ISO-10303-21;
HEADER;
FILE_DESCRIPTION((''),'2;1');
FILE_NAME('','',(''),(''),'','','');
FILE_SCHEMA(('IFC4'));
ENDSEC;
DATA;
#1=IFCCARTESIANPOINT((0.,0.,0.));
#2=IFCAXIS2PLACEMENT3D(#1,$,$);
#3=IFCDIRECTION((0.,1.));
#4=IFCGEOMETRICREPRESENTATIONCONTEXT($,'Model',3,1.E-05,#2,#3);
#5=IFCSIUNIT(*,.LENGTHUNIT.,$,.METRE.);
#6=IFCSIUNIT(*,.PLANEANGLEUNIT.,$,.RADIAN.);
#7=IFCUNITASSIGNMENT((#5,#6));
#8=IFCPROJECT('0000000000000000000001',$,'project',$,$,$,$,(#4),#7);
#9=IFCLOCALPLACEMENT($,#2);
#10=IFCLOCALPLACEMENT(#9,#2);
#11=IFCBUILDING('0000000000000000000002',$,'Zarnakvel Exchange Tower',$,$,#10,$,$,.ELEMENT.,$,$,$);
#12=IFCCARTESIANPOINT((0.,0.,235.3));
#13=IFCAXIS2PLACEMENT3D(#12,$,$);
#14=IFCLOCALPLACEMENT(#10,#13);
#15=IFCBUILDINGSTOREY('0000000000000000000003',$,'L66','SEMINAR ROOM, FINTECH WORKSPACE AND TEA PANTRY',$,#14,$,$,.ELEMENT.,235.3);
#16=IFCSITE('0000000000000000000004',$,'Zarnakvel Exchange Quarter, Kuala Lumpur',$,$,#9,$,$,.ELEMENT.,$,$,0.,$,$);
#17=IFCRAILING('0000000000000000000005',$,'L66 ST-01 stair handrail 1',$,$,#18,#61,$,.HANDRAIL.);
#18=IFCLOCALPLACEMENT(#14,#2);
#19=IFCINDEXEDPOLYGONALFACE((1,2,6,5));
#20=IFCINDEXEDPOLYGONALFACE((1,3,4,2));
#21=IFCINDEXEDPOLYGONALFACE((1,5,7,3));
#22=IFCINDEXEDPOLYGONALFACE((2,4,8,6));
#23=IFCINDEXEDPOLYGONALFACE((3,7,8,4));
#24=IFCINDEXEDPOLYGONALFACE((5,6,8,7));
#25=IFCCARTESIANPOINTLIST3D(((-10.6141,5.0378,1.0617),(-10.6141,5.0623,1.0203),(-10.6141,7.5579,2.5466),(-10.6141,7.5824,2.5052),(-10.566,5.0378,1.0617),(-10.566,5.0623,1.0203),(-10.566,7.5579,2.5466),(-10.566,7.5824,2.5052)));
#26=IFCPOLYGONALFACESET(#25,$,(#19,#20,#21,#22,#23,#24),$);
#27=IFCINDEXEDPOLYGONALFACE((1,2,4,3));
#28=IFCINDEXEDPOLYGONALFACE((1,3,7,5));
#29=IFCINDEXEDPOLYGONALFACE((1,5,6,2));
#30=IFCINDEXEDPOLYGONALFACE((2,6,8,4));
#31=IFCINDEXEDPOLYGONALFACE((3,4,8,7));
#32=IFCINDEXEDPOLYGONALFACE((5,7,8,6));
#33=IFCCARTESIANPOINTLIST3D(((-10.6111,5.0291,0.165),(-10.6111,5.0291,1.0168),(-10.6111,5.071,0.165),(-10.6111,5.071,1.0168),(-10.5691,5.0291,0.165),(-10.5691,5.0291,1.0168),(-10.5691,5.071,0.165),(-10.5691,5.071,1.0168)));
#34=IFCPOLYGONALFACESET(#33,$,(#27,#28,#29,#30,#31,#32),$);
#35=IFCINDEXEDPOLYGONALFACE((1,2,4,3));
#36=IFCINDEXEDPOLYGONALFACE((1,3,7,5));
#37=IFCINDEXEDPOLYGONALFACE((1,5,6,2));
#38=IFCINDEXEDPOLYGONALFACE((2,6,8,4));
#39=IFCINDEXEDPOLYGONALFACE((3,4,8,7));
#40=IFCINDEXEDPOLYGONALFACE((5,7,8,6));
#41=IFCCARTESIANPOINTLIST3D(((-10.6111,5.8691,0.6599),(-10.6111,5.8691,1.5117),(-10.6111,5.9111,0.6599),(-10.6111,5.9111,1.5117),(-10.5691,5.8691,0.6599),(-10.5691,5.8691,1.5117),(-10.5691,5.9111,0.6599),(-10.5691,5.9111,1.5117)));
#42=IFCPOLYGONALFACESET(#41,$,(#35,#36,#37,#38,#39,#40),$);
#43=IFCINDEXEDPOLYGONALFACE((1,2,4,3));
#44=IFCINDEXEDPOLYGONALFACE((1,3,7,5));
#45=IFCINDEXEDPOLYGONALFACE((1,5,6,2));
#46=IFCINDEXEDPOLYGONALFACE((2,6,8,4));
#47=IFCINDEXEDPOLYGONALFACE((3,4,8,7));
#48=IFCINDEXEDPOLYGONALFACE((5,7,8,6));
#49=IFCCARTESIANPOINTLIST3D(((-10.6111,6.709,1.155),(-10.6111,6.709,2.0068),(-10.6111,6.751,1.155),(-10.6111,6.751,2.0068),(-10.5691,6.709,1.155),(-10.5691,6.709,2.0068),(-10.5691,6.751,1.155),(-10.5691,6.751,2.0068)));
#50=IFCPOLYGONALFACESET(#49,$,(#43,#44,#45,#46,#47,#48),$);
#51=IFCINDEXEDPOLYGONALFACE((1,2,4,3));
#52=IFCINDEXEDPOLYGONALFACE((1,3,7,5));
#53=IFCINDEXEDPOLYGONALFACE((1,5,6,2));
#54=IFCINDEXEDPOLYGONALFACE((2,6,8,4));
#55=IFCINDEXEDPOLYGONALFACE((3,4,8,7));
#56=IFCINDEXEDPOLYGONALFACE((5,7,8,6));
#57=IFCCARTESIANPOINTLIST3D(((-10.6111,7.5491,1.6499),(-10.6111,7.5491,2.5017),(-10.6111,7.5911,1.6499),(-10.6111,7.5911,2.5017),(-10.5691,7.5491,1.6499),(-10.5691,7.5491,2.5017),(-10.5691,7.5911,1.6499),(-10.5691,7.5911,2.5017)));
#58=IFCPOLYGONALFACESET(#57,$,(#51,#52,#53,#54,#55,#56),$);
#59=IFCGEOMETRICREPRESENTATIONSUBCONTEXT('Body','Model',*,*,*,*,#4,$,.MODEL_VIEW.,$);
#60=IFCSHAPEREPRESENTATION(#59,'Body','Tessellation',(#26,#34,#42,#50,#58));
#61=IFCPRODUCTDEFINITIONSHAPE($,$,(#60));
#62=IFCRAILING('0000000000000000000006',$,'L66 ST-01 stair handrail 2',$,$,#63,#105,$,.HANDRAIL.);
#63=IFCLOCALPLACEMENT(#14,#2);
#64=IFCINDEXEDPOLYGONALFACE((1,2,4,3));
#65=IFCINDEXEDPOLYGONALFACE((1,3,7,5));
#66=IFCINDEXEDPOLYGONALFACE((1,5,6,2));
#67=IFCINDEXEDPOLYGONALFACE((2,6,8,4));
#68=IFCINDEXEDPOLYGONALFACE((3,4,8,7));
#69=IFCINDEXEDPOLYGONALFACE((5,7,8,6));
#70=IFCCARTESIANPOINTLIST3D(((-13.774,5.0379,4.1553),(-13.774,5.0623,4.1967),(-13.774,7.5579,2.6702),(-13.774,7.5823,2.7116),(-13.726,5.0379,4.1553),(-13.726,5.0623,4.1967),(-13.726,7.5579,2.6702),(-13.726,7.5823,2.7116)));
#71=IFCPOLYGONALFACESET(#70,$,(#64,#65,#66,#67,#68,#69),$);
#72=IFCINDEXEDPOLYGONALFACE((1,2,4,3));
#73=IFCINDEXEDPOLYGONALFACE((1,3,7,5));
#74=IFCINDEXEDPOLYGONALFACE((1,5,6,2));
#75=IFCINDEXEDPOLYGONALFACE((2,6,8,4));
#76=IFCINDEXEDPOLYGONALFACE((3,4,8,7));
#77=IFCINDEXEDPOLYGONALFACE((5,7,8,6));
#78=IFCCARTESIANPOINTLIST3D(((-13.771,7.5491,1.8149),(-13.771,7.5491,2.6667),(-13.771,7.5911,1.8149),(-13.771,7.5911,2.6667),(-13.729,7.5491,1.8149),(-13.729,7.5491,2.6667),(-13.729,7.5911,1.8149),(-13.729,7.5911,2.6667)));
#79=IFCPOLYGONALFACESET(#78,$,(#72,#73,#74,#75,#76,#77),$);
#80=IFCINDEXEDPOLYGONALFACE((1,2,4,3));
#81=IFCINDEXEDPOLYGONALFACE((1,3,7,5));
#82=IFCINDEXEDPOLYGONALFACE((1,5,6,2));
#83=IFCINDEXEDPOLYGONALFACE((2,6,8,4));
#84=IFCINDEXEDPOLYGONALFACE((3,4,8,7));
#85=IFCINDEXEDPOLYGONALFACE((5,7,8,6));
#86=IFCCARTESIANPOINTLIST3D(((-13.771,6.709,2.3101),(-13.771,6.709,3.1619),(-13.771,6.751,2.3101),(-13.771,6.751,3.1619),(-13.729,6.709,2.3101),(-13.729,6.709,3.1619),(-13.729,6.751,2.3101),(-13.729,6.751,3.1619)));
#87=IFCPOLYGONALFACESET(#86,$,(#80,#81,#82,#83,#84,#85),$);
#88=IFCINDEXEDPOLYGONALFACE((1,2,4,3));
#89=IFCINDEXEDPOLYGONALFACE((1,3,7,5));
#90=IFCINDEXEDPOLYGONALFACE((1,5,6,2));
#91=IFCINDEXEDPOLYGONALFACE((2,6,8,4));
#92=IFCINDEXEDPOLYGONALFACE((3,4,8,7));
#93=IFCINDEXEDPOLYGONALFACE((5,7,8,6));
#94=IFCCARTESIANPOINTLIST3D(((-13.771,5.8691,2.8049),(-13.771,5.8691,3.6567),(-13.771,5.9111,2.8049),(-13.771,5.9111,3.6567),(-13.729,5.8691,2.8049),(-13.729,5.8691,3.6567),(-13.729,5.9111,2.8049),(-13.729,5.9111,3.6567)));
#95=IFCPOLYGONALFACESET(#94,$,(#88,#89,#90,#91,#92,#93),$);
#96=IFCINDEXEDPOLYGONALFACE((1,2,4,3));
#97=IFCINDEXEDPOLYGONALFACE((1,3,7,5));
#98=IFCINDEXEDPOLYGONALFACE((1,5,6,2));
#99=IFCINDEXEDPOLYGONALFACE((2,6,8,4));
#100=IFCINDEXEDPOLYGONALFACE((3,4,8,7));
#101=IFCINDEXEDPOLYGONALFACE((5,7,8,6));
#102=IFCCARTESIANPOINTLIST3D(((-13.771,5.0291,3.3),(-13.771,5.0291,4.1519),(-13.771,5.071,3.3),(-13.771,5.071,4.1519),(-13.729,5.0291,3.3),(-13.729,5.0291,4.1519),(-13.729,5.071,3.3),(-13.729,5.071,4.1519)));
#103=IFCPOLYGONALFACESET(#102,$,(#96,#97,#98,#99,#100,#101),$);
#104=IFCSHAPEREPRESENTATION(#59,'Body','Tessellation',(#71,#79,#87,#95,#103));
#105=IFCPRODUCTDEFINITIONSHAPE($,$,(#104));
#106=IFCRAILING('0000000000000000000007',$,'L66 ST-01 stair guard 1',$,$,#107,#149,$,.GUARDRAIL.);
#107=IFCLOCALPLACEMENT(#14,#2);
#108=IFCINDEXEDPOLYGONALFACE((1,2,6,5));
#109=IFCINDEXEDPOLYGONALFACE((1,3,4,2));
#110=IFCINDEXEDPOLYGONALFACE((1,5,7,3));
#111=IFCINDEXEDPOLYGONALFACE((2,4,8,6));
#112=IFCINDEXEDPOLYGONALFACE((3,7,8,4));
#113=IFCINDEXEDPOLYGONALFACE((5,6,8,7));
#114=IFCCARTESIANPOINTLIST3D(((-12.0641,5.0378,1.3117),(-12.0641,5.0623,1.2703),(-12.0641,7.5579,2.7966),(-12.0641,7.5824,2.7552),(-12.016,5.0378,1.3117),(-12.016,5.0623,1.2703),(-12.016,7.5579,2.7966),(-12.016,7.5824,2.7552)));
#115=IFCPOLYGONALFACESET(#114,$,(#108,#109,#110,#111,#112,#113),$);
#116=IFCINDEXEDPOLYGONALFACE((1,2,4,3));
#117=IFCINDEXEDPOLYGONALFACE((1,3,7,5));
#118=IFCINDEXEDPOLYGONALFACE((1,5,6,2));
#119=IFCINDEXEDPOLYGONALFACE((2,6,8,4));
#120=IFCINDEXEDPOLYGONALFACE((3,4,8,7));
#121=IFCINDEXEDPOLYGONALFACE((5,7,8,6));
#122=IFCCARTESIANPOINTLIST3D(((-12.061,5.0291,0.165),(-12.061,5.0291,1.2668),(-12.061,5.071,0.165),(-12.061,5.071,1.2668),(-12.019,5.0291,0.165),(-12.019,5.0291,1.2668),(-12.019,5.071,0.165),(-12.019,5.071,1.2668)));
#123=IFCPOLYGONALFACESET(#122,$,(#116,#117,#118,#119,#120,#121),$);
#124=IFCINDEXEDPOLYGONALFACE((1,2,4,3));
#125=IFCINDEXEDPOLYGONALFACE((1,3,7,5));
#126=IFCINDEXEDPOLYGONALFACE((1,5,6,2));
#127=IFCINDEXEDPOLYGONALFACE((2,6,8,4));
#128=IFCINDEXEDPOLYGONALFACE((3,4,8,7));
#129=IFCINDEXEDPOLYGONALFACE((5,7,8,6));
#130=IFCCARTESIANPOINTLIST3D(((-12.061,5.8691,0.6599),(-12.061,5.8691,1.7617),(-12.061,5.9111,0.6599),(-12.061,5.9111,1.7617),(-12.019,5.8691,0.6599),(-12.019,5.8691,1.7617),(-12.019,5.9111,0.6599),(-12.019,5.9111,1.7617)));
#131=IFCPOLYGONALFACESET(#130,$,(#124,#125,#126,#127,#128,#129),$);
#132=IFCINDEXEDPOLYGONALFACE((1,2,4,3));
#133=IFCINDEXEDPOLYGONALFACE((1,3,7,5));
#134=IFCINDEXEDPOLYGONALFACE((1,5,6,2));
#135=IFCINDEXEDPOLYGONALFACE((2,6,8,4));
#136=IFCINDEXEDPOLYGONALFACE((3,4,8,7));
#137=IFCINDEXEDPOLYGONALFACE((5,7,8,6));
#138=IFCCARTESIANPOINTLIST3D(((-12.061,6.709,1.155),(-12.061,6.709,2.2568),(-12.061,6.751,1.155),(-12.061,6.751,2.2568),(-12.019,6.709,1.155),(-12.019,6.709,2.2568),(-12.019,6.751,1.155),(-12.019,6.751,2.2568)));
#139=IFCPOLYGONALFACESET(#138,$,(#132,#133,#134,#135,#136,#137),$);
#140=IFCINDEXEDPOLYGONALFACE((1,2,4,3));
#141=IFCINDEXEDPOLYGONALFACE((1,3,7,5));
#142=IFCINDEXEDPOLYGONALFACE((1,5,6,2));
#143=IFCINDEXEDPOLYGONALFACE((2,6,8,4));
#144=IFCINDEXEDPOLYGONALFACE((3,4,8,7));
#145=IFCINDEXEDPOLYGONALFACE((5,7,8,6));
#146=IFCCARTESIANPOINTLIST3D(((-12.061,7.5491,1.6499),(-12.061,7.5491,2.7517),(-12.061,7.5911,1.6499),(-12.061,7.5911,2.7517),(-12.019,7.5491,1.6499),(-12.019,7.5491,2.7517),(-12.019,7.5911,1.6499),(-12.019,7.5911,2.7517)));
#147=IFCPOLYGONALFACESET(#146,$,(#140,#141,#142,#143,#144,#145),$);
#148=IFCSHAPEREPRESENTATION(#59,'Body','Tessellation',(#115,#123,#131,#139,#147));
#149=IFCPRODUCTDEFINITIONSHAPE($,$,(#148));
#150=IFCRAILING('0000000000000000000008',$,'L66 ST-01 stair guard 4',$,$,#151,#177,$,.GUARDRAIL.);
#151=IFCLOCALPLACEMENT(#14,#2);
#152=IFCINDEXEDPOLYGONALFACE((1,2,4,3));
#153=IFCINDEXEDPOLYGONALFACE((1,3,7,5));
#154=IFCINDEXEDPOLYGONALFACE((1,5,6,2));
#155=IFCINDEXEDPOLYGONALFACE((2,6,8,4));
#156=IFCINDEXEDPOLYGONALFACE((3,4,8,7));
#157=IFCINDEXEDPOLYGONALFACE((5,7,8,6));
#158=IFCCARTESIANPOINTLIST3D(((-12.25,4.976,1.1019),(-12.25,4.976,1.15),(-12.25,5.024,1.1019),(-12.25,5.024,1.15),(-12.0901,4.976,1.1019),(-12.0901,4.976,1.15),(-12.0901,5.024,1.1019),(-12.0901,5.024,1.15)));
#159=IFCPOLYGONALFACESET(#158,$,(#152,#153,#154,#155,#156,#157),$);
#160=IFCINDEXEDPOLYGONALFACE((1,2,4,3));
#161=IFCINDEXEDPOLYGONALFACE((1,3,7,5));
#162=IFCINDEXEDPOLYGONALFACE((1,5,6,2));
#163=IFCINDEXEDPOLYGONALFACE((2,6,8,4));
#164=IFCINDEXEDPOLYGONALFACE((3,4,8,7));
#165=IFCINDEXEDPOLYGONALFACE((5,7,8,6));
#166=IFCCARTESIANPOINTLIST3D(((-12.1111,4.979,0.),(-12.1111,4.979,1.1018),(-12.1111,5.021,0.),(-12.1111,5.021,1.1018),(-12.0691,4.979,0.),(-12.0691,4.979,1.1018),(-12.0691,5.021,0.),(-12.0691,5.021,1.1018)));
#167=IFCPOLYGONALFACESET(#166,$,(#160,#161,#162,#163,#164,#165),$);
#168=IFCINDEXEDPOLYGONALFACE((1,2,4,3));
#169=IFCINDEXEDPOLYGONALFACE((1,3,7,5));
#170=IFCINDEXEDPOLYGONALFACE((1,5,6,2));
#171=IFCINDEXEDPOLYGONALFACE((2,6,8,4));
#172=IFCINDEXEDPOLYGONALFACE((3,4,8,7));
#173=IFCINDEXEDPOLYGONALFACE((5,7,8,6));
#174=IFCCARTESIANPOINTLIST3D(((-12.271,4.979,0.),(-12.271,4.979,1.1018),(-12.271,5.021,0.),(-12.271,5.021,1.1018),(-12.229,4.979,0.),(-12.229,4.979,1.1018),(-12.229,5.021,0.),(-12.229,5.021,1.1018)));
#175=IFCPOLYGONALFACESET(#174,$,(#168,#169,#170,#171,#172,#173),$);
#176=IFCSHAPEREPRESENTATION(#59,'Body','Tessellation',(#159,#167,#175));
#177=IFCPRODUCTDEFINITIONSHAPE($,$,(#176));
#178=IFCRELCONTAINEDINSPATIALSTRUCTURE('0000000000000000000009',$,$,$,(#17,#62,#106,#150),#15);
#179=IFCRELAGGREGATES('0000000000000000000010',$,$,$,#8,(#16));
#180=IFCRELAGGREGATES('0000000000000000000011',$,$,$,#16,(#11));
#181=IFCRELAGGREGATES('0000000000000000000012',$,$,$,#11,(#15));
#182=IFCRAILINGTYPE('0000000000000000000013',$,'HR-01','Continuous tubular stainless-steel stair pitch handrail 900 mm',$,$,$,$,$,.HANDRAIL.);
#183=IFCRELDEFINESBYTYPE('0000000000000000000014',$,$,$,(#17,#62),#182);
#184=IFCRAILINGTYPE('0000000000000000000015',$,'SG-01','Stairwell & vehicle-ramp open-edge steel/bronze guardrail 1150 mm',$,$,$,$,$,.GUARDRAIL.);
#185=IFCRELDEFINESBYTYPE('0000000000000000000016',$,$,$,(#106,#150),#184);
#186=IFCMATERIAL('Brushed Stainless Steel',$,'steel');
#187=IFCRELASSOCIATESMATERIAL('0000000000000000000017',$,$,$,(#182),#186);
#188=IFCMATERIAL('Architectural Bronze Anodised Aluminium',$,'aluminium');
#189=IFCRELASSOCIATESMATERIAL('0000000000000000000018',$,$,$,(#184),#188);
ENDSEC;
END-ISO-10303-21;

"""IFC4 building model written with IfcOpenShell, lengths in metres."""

from ifc_helpers import new_model, si_unit, direction, frame, origin, origin_2d, place, context, subcontext, project, spatial, rectangle, extrude, material, type_object, element, save


model = new_model("IFC4")

# Units and contexts
model_context = context("Model", 3, precision=1e-05, world=origin(), true_north=direction((0.0, 1.0)))
body_context = subcontext(model_context, "Body", "Model", "MODEL_VIEW")
ifc_project = project(units=[si_unit("LENGTHUNIT", "METRE"), si_unit("PLANEANGLEUNIT", "RADIAN")], contexts=[model_context])

# Site, building, storey
site_placement = place(None, origin())
site = spatial("IfcSite", under=ifc_project, at=site_placement, Name="Zarnakvel Exchange Quarter, Kuala Lumpur", CompositionType="ELEMENT", RefElevation=0.0)
building_placement = place(site_placement, origin())
building = spatial("IfcBuilding", under=site, at=building_placement, Name="Zarnakvel Exchange Tower", CompositionType="ELEMENT")
storey_placement = place(building_placement, frame((0.0, 0.0, 235.3)))
storey = spatial("IfcBuildingStorey", under=building, at=storey_placement, Name="L66", Description="SEMINAR ROOM, FINTECH WORKSPACE AND TEA PANTRY", CompositionType="ELEMENT", Elevation=235.3)

# Shared definitions
ifc_material_1 = material(Name="Architectural Bronze Anodised Aluminium", Category="aluminium")

# Shared definitions
ifc_material_2 = material(Name="Brushed Stainless Steel", Category="steel")

# Railings
railing_type_1 = type_object("IfcRailingType", Name="HR-01", Description="Continuous tubular stainless-steel stair pitch handrail 900 mm", PredefinedType="HANDRAIL", material=ifc_material_2)
railing_1_placement = place(storey_placement, frame((-10.5901, 5.05, 0.165)))
element("IfcRailing", 1, at=railing_1_placement, inside=storey, type_object=railing_type_1, Name="L66 ST-01 stair handrail 1", PredefinedType="HANDRAIL", context=body_context, shape_type="SweptSolid", body=[
    extrude(rectangle(XDim=0.0481, YDim=0.0481, at=origin_2d()), frame((0.0, 0.0, 0.876), z_axis=(0.0, 0.861561, 0.507655), x_axis=(-1.0, 0.0, 0.0)), (0.0, 0.0, 1.0), 2.925),
    extrude(rectangle(XDim=0.042, YDim=0.042, at=origin_2d()), origin(), (0.0, 0.0, 1.0), 0.8518),
    extrude(rectangle(XDim=0.042, YDim=0.042, at=origin_2d()), frame((0.0, 0.8401, 0.4949)), (0.0, 0.0, 1.0), 0.8518),
    extrude(rectangle(XDim=0.042, YDim=0.042, at=origin_2d()), frame((0.0, 1.6799, 0.99)), (0.0, 0.0, 1.0), 0.8518),
    extrude(rectangle(XDim=0.042, YDim=0.042, at=origin_2d()), frame((0.0, 2.52, 1.4849)), (0.0, 0.0, 1.0), 0.8518),
])
railing_2_placement = place(storey_placement, frame((-13.75, 7.5701, 1.8149)))
element("IfcRailing", 2, at=railing_2_placement, inside=storey, type_object=railing_type_1, Name="L66 ST-01 stair handrail 2", PredefinedType="HANDRAIL", context=body_context, shape_type="SweptSolid", body=[
    extrude(rectangle(XDim=0.0481, YDim=0.0481, at=origin_2d()), frame((0.0, 0.0, 0.876), z_axis=(0.0, -0.861524, 0.507717), x_axis=(1.0, 0.0, 0.0)), (0.0, 0.0, 1.0), 2.925),
    extrude(rectangle(XDim=0.042, YDim=0.042, at=origin_2d()), origin(), (0.0, 0.0, 1.0), 0.8518),
    extrude(rectangle(XDim=0.042, YDim=0.042, at=origin_2d()), frame((0.0, -0.8401, 0.4951)), (0.0, 0.0, 1.0), 0.8518),
    extrude(rectangle(XDim=0.042, YDim=0.042, at=origin_2d()), frame((0.0, -1.6799, 0.99)), (0.0, 0.0, 1.0), 0.8518),
    extrude(rectangle(XDim=0.042, YDim=0.042, at=origin_2d()), frame((0.0, -2.52, 1.4851)), (0.0, 0.0, 1.0), 0.8518),
])
railing_type_2 = type_object("IfcRailingType", Name="SG-01", Description="Stairwell & vehicle-ramp open-edge steel/bronze guardrail 1150 mm", PredefinedType="GUARDRAIL", material=ifc_material_1)
railing_3_placement = place(storey_placement, frame((-12.04, 5.05, 0.165)))
element("IfcRailing", 3, at=railing_3_placement, inside=storey, type_object=railing_type_2, Name="L66 ST-01 stair guard 1", PredefinedType="GUARDRAIL", context=body_context, shape_type="SweptSolid", body=[
    extrude(rectangle(XDim=0.0481, YDim=0.0481, at=origin_2d()), frame((0.0, 0.0, 1.126), z_axis=(0.0, 0.861561, 0.507655), x_axis=(-1.0, 0.0, 0.0)), (0.0, 0.0, 1.0), 2.925),
    extrude(rectangle(XDim=0.042, YDim=0.042, at=origin_2d()), origin(), (0.0, 0.0, 1.0), 1.1018),
    extrude(rectangle(XDim=0.042, YDim=0.042, at=origin_2d()), frame((0.0, 0.8401, 0.4949)), (0.0, 0.0, 1.0), 1.1018),
    extrude(rectangle(XDim=0.042, YDim=0.042, at=origin_2d()), frame((0.0, 1.6799, 0.99)), (0.0, 0.0, 1.0), 1.1018),
    extrude(rectangle(XDim=0.042, YDim=0.042, at=origin_2d()), frame((0.0, 2.52, 1.4849)), (0.0, 0.0, 1.0), 1.1018),
])
railing_4_placement = place(storey_placement, frame((-12.0901, 5.0, 0.0)))
element("IfcRailing", 4, at=railing_4_placement, inside=storey, type_object=railing_type_2, Name="L66 ST-01 stair guard 4", PredefinedType="GUARDRAIL", context=body_context, shape_type="SweptSolid", body=[
    extrude(rectangle(XDim=0.0481, YDim=0.0481, at=origin_2d()), frame((0.0, 0.0, 1.126), z_axis=(-1.0, 0.0, 0.0), x_axis=(0.0, -1.0, 0.0)), (0.0, 0.0, 1.0), 0.1599),
    extrude(rectangle(XDim=0.042, YDim=0.042, at=origin_2d()), origin(), (0.0, 0.0, 1.0), 1.1018),
    extrude(rectangle(XDim=0.042, YDim=0.042, at=origin_2d()), frame((-0.1599, 0.0, 0.0)), (0.0, 0.0, 1.0), 1.1018),
])

save(model, "model.ifc")
